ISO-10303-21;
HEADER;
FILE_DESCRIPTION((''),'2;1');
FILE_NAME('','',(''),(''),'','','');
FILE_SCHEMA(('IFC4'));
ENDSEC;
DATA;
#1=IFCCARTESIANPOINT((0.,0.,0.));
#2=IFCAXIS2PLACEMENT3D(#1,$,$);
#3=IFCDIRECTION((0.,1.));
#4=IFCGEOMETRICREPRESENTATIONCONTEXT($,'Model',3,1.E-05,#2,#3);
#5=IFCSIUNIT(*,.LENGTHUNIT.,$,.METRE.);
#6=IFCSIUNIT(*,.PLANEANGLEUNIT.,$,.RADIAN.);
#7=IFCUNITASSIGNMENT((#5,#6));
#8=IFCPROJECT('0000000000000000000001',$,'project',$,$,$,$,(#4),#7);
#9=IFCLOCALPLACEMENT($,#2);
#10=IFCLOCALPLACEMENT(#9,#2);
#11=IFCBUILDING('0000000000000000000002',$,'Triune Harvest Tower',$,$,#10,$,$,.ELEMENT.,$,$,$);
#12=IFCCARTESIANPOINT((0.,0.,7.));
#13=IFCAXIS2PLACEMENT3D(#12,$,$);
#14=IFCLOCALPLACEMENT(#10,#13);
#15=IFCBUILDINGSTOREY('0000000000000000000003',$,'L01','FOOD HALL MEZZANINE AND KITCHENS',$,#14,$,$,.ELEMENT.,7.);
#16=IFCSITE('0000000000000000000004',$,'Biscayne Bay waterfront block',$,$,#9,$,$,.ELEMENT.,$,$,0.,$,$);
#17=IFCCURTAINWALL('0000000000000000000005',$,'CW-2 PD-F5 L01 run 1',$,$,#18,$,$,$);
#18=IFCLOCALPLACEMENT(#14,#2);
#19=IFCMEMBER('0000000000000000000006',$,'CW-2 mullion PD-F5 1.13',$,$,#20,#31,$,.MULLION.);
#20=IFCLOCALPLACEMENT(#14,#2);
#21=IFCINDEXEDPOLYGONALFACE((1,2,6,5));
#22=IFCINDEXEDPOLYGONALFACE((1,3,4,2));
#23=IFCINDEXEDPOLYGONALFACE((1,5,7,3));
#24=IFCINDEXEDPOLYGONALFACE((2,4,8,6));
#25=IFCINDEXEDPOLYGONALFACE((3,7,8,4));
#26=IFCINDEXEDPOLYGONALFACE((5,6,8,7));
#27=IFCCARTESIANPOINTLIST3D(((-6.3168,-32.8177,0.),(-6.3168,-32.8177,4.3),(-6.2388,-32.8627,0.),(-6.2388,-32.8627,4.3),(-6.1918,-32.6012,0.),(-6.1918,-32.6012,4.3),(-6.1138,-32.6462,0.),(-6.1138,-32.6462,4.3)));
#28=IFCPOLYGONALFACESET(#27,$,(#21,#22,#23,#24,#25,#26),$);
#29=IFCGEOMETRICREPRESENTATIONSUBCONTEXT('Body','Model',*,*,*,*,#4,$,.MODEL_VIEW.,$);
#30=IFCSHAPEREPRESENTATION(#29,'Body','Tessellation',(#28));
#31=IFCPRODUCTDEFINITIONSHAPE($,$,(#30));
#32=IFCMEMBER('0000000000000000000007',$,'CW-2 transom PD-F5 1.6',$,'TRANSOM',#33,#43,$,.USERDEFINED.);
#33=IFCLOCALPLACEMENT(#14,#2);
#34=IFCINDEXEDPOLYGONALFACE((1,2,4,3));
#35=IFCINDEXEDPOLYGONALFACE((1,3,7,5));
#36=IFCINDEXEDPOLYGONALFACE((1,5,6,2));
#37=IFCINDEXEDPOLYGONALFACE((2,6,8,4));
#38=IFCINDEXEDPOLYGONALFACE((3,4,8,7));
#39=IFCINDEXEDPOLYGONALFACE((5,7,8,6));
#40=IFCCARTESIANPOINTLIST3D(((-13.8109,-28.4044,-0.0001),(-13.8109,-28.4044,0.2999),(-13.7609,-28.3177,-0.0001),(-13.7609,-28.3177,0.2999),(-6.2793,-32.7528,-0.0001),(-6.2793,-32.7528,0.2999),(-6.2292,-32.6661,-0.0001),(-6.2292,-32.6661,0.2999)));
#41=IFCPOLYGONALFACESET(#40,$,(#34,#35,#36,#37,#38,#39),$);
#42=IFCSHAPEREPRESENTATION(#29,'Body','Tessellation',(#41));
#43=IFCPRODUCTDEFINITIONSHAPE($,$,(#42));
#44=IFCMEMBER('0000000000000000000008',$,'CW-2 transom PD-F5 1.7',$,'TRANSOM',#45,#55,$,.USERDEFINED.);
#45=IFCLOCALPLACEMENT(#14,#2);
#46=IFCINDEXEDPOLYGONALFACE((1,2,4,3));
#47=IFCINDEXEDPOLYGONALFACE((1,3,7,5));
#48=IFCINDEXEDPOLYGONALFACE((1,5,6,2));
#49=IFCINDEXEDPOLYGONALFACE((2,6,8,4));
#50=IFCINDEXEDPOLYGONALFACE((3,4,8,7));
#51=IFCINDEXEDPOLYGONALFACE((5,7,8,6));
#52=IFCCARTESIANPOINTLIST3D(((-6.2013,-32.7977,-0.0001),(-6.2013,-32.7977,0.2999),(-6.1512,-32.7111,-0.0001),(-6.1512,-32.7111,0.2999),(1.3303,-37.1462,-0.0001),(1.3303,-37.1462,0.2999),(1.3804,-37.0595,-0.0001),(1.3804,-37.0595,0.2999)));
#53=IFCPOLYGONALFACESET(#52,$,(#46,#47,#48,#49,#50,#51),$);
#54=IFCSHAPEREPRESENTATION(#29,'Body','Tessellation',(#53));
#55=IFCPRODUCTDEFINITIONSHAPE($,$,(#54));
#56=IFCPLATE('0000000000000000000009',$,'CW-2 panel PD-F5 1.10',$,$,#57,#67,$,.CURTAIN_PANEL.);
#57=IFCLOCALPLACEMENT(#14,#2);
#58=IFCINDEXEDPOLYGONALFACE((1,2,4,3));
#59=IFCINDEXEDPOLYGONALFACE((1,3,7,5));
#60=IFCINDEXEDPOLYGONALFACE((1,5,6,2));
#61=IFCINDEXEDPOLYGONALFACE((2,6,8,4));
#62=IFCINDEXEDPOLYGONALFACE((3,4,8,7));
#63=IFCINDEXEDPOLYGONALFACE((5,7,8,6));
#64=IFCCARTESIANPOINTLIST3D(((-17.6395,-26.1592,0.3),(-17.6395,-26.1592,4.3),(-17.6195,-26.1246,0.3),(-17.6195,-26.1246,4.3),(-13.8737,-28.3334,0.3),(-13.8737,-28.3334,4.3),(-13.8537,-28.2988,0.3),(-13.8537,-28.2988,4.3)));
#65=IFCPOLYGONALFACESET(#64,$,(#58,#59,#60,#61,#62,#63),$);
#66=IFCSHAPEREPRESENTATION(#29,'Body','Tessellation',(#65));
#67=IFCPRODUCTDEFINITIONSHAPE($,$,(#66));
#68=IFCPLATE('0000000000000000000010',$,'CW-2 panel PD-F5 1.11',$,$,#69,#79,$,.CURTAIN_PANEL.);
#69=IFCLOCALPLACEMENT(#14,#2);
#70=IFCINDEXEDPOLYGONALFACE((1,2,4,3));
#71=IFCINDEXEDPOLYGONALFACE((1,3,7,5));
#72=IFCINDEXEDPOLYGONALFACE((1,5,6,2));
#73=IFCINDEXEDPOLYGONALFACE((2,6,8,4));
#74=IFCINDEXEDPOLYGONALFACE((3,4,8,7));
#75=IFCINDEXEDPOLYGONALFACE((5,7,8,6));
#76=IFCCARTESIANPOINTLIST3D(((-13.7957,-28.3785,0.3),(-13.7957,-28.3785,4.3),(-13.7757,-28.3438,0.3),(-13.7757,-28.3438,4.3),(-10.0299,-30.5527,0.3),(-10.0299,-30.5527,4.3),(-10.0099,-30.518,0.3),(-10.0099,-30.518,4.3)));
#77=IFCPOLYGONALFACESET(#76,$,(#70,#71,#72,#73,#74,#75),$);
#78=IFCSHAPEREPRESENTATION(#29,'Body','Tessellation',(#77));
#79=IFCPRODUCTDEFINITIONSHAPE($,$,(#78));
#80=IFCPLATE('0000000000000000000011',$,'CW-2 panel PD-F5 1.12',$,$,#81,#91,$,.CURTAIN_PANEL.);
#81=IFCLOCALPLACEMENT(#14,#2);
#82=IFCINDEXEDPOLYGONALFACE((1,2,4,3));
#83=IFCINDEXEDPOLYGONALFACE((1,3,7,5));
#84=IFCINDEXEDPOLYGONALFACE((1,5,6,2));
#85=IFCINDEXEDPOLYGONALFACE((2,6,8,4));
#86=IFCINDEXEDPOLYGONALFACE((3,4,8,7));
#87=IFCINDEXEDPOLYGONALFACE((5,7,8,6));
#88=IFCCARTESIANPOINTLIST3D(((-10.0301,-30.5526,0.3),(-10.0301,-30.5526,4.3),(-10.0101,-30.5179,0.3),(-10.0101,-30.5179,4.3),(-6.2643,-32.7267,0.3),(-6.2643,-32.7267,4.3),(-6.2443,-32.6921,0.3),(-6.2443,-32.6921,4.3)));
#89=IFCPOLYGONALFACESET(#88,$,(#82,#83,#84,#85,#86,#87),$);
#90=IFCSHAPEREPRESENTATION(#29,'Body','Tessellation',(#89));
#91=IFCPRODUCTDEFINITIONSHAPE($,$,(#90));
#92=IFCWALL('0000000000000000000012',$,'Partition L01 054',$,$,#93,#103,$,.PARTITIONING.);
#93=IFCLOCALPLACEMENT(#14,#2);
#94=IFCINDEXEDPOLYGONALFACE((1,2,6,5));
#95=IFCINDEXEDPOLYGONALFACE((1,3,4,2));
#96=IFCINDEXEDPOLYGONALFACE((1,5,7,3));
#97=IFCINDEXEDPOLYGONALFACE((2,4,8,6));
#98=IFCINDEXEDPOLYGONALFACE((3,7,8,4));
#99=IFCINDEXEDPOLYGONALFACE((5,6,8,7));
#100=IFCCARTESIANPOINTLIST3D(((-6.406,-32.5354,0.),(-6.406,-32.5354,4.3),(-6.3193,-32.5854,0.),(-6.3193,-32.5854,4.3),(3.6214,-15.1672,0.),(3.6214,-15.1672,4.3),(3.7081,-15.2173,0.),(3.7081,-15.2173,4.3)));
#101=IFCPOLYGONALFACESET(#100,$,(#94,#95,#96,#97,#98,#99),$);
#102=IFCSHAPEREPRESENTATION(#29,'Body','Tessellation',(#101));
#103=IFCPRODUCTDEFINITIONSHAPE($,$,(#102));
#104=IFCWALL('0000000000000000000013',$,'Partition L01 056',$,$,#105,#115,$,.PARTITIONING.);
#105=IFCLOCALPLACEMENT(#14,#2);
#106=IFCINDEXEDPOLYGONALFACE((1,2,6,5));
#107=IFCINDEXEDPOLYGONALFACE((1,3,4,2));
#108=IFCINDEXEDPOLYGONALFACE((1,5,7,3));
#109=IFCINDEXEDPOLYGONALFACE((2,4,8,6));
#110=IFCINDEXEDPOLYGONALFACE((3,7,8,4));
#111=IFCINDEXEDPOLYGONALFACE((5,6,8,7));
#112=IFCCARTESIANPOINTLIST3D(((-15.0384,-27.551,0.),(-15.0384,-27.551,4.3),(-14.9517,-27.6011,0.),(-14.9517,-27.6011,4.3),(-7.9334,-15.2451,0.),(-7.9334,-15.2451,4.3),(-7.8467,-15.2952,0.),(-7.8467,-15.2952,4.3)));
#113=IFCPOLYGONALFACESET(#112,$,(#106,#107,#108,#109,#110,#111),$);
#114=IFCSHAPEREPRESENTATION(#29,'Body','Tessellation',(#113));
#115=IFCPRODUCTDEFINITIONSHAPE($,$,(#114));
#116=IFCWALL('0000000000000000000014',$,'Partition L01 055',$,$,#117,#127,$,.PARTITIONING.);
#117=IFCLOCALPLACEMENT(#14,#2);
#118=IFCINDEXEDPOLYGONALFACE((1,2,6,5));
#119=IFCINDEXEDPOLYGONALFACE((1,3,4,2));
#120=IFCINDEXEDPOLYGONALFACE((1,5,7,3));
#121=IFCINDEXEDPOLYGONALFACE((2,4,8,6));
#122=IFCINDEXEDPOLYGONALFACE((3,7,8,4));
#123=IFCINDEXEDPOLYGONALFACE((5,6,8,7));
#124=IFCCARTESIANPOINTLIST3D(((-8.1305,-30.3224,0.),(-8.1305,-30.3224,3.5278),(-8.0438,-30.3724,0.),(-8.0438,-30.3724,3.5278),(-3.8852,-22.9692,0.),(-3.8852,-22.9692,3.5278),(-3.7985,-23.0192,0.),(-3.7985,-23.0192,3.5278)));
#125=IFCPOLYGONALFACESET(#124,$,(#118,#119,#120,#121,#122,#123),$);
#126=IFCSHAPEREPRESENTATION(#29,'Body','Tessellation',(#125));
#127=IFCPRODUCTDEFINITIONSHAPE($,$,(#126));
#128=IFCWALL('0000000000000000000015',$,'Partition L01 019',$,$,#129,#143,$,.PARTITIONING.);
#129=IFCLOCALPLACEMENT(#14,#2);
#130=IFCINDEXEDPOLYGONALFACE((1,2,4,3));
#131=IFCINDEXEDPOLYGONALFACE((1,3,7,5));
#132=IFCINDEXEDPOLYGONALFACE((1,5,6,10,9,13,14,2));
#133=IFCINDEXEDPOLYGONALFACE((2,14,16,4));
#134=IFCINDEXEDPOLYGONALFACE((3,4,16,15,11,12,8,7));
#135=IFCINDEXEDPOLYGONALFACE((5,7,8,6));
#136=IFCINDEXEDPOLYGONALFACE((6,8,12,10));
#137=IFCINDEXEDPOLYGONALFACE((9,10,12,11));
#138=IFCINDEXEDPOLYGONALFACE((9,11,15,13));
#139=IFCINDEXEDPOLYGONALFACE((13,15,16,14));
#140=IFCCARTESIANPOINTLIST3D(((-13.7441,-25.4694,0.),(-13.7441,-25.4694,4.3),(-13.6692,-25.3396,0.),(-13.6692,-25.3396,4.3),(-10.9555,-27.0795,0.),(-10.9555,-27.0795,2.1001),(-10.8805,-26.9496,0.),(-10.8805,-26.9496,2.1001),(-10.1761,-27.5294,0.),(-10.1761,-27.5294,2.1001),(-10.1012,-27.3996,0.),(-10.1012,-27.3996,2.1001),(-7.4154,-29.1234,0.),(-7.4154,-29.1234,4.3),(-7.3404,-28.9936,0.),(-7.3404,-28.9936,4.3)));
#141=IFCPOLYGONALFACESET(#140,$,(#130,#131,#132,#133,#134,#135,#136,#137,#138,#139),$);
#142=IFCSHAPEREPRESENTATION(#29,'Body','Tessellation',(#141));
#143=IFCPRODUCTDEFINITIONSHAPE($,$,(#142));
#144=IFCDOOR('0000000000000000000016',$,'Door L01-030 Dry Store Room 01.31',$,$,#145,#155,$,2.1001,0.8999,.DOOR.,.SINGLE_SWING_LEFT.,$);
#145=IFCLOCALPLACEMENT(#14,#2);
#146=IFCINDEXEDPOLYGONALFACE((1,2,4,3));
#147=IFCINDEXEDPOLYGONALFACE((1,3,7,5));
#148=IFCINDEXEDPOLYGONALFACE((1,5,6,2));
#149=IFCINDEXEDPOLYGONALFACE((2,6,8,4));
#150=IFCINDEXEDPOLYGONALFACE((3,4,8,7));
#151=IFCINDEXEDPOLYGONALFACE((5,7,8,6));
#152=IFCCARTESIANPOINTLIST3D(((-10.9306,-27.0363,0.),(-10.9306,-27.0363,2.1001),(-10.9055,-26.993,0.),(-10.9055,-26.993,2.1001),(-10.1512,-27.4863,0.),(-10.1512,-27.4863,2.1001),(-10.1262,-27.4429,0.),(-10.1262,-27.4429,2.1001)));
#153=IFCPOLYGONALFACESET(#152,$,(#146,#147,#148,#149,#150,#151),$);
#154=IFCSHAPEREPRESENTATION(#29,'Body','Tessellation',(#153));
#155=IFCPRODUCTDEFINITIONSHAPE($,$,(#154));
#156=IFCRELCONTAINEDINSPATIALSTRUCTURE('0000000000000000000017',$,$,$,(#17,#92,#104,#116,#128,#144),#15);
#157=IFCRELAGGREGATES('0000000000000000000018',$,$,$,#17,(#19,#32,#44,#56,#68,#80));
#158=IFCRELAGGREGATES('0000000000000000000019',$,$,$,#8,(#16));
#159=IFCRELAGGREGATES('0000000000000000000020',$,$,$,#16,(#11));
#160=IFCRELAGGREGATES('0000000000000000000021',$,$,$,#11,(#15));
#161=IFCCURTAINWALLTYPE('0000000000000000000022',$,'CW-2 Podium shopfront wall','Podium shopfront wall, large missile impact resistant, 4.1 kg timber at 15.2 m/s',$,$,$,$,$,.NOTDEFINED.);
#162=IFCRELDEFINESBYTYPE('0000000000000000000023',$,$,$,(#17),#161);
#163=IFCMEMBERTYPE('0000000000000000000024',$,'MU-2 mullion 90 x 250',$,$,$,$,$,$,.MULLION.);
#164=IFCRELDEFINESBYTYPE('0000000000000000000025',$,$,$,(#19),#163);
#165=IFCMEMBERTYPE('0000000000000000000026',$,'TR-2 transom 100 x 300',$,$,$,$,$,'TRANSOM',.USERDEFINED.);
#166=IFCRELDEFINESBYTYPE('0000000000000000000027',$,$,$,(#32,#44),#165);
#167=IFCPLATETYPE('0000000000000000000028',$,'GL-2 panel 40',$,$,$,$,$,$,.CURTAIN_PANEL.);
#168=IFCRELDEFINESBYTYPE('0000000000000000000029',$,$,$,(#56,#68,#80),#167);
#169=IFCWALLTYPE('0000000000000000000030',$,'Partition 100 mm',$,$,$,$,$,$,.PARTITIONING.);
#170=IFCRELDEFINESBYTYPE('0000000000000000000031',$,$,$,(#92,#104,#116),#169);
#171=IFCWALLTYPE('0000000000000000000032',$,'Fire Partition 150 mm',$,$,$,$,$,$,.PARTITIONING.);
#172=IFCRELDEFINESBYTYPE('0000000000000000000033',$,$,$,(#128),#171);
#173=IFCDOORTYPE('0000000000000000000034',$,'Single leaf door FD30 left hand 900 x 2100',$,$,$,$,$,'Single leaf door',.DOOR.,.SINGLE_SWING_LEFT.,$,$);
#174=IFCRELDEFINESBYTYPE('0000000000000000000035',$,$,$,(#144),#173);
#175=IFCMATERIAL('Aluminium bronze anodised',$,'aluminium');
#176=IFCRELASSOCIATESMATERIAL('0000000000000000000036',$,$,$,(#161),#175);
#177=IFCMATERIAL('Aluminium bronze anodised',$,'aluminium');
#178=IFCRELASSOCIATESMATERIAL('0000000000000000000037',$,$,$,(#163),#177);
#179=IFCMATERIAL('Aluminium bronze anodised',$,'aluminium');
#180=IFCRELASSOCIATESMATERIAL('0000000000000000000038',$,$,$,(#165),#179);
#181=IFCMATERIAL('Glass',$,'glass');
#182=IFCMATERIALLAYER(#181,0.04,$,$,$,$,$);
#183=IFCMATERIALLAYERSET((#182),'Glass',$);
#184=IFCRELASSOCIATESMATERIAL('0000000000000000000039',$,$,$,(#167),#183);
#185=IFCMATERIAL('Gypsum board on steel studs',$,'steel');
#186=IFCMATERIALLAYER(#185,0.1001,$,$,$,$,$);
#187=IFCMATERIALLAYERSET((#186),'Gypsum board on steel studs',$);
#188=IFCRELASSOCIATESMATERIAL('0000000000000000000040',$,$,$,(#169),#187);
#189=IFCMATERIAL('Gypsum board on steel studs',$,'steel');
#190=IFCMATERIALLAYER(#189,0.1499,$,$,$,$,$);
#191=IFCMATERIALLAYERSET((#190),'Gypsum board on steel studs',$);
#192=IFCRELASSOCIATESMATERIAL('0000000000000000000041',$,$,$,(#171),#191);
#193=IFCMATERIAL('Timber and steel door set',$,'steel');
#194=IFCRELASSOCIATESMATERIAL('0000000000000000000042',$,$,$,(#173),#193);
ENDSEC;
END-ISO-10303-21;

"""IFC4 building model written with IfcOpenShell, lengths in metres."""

from ifc_helpers import new_model, si_unit, direction, frame, frame_2d, origin, origin_2d, place, context, subcontext, project, spatial, rectangle, extrude, source, transform, mapped, material, layer, layer_set, material_profile, profile_set, type_object, element, fill, aggregate, save


model = new_model("IFC4")

# Units and contexts
model_context = context("Model", 3, precision=1e-05, world=origin(), true_north=direction((0.0, 1.0)))
body_context = subcontext(model_context, "Body", "Model", "MODEL_VIEW")
ifc_project = project(units=[si_unit("LENGTHUNIT", "METRE"), si_unit("PLANEANGLEUNIT", "RADIAN")], contexts=[model_context])

# Site, building, storey
site_placement = place(None, origin())
site = spatial("IfcSite", under=ifc_project, at=site_placement, Name="Biscayne Bay waterfront block", CompositionType="ELEMENT", RefElevation=0.0)
building_placement = place(site_placement, origin())
building = spatial("IfcBuilding", under=site, at=building_placement, Name="Triune Harvest Tower", CompositionType="ELEMENT")
storey_placement = place(building_placement, frame((0.0, 0.0, 7.0)))
storey = spatial("IfcBuildingStorey", under=building, at=storey_placement, Name="L01", Description="FOOD HALL MEZZANINE AND KITCHENS", CompositionType="ELEMENT", Elevation=7.0)

# Curtain wall, members, plates
ifc_material_1 = material(Name="Aluminium bronze anodised", Category="aluminium")
curtain_wall_type = type_object("IfcCurtainWallType", Name="CW-2 Podium shopfront wall", Description="Podium shopfront wall, large missile impact resistant, 4.1 kg timber at 15.2 m/s", PredefinedType="NOTDEFINED", material=ifc_material_1)
curtain_wall_placement = place(storey_placement, origin())
curtain_wall = element("IfcCurtainWall", 1, at=curtain_wall_placement, inside=storey, type_object=curtain_wall_type, Name="CW-2 PD-F5 L01 run 1")
ifc_material_2 = material(Name="Aluminium bronze anodised", Category="aluminium")
ifc_material_profile_1 = material_profile(ifc_material_2, rectangle(XDim=0.25, YDim=0.0901, at=origin_2d()), Name="MU-2 mullion 90 x 250")
ifc_profile_set_1 = profile_set([ifc_material_profile_1], Name="Aluminium bronze anodised")
member_type_1 = type_object("IfcMemberType", Name="MU-2 mullion 90 x 250", PredefinedType="MULLION", material=ifc_profile_set_1)
shared_shape_1 = source(origin(), body_context, "Body", "SweptSolid", [
    extrude(rectangle(XDim=0.25, YDim=0.0901, at=origin_2d()), origin(), (0.0, 0.0, 1.0), 4.3),
])
member_1_placement = place(storey_placement, frame((-6.2153, -32.7319, 0.0), z_axis=(0.0, 0.0, 1.0), x_axis=(0.5, 0.866025, 0.0)))
member_1 = element("IfcMember", 2, at=member_1_placement, type_object=member_type_1, Name="CW-2 mullion PD-F5 1.13", PredefinedType="MULLION", context=body_context, shape_type="MappedRepresentation", body=[
    mapped(shared_shape_1, transform((0.0, 0.0, 0.0), scale=1.0)),
])
ifc_material_3 = material(Name="Aluminium bronze anodised", Category="aluminium")
ifc_material_profile_2 = material_profile(ifc_material_3, rectangle(XDim=0.1001, YDim=0.3, at=origin_2d()), Name="TR-2 transom 100 x 300")
ifc_profile_set_2 = profile_set([ifc_material_profile_2], Name="Aluminium bronze anodised")
member_type_2 = type_object("IfcMemberType", Name="TR-2 transom 100 x 300", ElementType="TRANSOM", PredefinedType="USERDEFINED", material=ifc_profile_set_2)
shared_shape_2 = source(origin(), body_context, "Body", "SweptSolid", [
    extrude(rectangle(XDim=0.1001, YDim=0.3, at=origin_2d()), origin(), (0.0, 0.0, 1.0), 8.6968),
])
member_2_placement = place(storey_placement, frame((-13.7859, -28.3611, 0.1499), z_axis=(0.866029, -0.499995, 0.0), x_axis=(0.499995, 0.866029, 0.0)))
member_2 = element("IfcMember", 3, at=member_2_placement, type_object=member_type_2, Name="CW-2 transom PD-F5 1.6", ObjectType="TRANSOM", PredefinedType="USERDEFINED", context=body_context, shape_type="MappedRepresentation", body=[
    mapped(shared_shape_2, transform((0.0, 0.0, 0.0), scale=1.0)),
])
member_3_placement = place(storey_placement, frame((-6.1763, -32.7544, 0.1499), z_axis=(0.866021, -0.500007, 0.0), x_axis=(0.500007, 0.866021, 0.0)))
member_3 = element("IfcMember", 4, at=member_3_placement, type_object=member_type_2, Name="CW-2 transom PD-F5 1.7", ObjectType="TRANSOM", PredefinedType="USERDEFINED", context=body_context, shape_type="MappedRepresentation", body=[
    mapped(shared_shape_2, transform((0.0, 0.0, 0.0), scale=1.0)),
])
ifc_material_4 = material(Name="Glass", Category="glass")
ifc_layer_1 = layer(ifc_material_4, 0.04)
ifc_layer_set_1 = layer_set([ifc_layer_1], Name="Glass")
plate_type = type_object("IfcPlateType", Name="GL-2 panel 40", PredefinedType="CURTAIN_PANEL", material=ifc_layer_set_1)
shared_shape_3 = source(origin(), body_context, "Body", "SweptSolid", [
    extrude(rectangle(XDim=4.3484, YDim=0.04, at=origin_2d()), origin(), (0.0, 0.0, 1.0), 4.0),
])
plate_1_placement = place(storey_placement, frame((-15.7466, -27.229, 0.3), z_axis=(0.0, 0.0, 1.0), x_axis=(0.866025, -0.5, 0.0)))
plate_1 = element("IfcPlate", 5, at=plate_1_placement, type_object=plate_type, Name="CW-2 panel PD-F5 1.10", PredefinedType="CURTAIN_PANEL", context=body_context, shape_type="MappedRepresentation", body=[
    mapped(shared_shape_3, transform((0.0, 0.0, 0.0), scale=1.0)),
])
plate_2_placement = place(storey_placement, frame((-11.9028, -29.4482, 0.3), z_axis=(0.0, 0.0, 1.0), x_axis=(0.866025, -0.5, 0.0)))
plate_2 = element("IfcPlate", 6, at=plate_2_placement, type_object=plate_type, Name="CW-2 panel PD-F5 1.11", PredefinedType="CURTAIN_PANEL", context=body_context, shape_type="MappedRepresentation", body=[
    mapped(shared_shape_3, transform((0.0, 0.0, 0.0), scale=1.0)),
])
plate_3_placement = place(storey_placement, frame((-8.1372, -31.6223, 0.3), z_axis=(0.0, 0.0, 1.0), x_axis=(0.866025, -0.5, 0.0)))
plate_3 = element("IfcPlate", 7, at=plate_3_placement, type_object=plate_type, Name="CW-2 panel PD-F5 1.12", PredefinedType="CURTAIN_PANEL", context=body_context, shape_type="MappedRepresentation", body=[
    mapped(shared_shape_3, transform((0.0, 0.0, 0.0), scale=1.0)),
])
aggregate(curtain_wall, [member_1, member_2, member_3, plate_1, plate_2, plate_3])

# Walls
ifc_material_5 = material(Name="Gypsum board on steel studs", Category="steel")
ifc_layer_2 = layer(ifc_material_5, 0.1001)
ifc_layer_set_2 = layer_set([ifc_layer_2], Name="Gypsum board on steel studs")
wall_type_1 = type_object("IfcWallType", Name="Partition 100 mm", PredefinedType="PARTITIONING", material=ifc_layer_set_2)
shared_shape_4 = source(origin(), body_context, "Body", "SweptSolid", [
    extrude(rectangle(XDim=20.0549, YDim=0.1001, at=frame_2d((10.0273, 0.0))), origin(), (0.0, 0.0, 1.0), 4.3),
])
wall_1_placement = place(storey_placement, frame((-6.3625, -32.5603, 0.0), z_axis=(0.0, 0.0, 1.0), x_axis=(0.499994, 0.866029, 0.0)))
element("IfcWall", 8, at=wall_1_placement, inside=storey, type_object=wall_type_1, Name="Partition L01 054", PredefinedType="PARTITIONING", context=body_context, shape_type="MappedRepresentation", body=[
    mapped(shared_shape_4, transform((0.0, 0.0, 0.0), scale=1.0)),
])
shared_shape_5 = source(origin(), body_context, "Body", "SweptSolid", [
    extrude(rectangle(XDim=14.2097, YDim=0.1001, at=frame_2d((7.105, 0.0))), origin(), (0.0, 0.0, 1.0), 4.3),
])
wall_2_placement = place(storey_placement, frame((-14.9951, -27.5762, 0.0), z_axis=(0.0, 0.0, 1.0), x_axis=(0.500009, 0.86602, 0.0)))
element("IfcWall", 9, at=wall_2_placement, inside=storey, type_object=wall_type_1, Name="Partition L01 056", PredefinedType="PARTITIONING", context=body_context, shape_type="MappedRepresentation", body=[
    mapped(shared_shape_5, transform((0.0, 0.0, 0.0), scale=1.0)),
])
shared_shape_6 = source(origin(), body_context, "Body", "SweptSolid", [
    extrude(rectangle(XDim=8.4907, YDim=0.1001, at=frame_2d((4.2454, 0.0))), origin(), (0.0, 0.0, 1.0), 3.5278),
])
wall_3_placement = place(storey_placement, frame((-8.0872, -30.3474, 0.0), z_axis=(0.0, 0.0, 1.0), x_axis=(0.499995, 0.866028, 0.0)))
element("IfcWall", 10, at=wall_3_placement, inside=storey, type_object=wall_type_1, Name="Partition L01 055", PredefinedType="PARTITIONING", context=body_context, shape_type="MappedRepresentation", body=[
    mapped(shared_shape_6, transform((0.0, 0.0, 0.0), scale=1.0)),
])

# Wall, opening, door
ifc_material_6 = material(Name="Gypsum board on steel studs", Category="steel")
ifc_layer_3 = layer(ifc_material_6, 0.1499)
ifc_layer_set_3 = layer_set([ifc_layer_3], Name="Gypsum board on steel studs")
wall_type_2 = type_object("IfcWallType", Name="Fire Partition 150 mm", PredefinedType="PARTITIONING", material=ifc_layer_set_3)
shared_shape_7 = source(origin(), body_context, "Body", "SweptSolid", [
    extrude(rectangle(XDim=7.3079, YDim=0.1499, at=frame_2d((3.6538, 0.0))), origin(), (0.0, 0.0, 1.0), 4.3),
])
wall_4_placement = place(storey_placement, frame((-13.7065, -25.4045, 0.0), z_axis=(0.0, 0.0, 1.0), x_axis=(0.86602, -0.500009, 0.0)))
wall_4 = element("IfcWall", 11, at=wall_4_placement, inside=storey, type_object=wall_type_2, Name="Partition L01 019", PredefinedType="PARTITIONING", context=body_context, shape_type="MappedRepresentation", body=[
    mapped(shared_shape_7, transform((0.0, 0.0, 0.0), scale=1.0)),
])
opening_placement = place(wall_4_placement, frame((3.22, 0.0, 0.0)))
opening = element("IfcOpeningElement", 12, at=opening_placement, cuts=wall_4, PredefinedType="OPENING", context=body_context, shape_type="SweptSolid", body=[
    extrude(rectangle(XDim=0.8999, YDim=2.1001, at=frame_2d((0.45, 1.05))), frame((0.0, 0.085, 0.0), z_axis=(0.0, -1.0, 0.0), x_axis=(1.0, 0.0, 0.0)), (0.0, 0.0, 1.0), 0.1699),
])
ifc_material_7 = material(Name="Timber and steel door set", Category="steel")
door_type = type_object("IfcDoorType", Name="Single leaf door FD30 left hand 900 x 2100", ElementType="Single leaf door", OperationType="SINGLE_SWING_LEFT", PredefinedType="DOOR", material=ifc_material_7)
door_placement = place(opening_placement, origin())
door = element("IfcDoor", 13, at=door_placement, inside=storey, type_object=door_type, Name="Door L01-030 Dry Store Room 01.31", OperationType="SINGLE_SWING_LEFT", OverallHeight=2.1001, OverallWidth=0.8999, PredefinedType="DOOR", context=body_context, shape_type="SweptSolid", body=[
    extrude(rectangle(XDim=0.8999, YDim=2.1001, at=frame_2d((0.45, 1.05))), frame((0.0, 0.0249, 0.0), z_axis=(0.0, -1.0, 0.0), x_axis=(1.0, 0.0, 0.0)), (0.0, 0.0, 1.0), 0.05),
])
fill(opening, door)

save(model, "model.ifc")
